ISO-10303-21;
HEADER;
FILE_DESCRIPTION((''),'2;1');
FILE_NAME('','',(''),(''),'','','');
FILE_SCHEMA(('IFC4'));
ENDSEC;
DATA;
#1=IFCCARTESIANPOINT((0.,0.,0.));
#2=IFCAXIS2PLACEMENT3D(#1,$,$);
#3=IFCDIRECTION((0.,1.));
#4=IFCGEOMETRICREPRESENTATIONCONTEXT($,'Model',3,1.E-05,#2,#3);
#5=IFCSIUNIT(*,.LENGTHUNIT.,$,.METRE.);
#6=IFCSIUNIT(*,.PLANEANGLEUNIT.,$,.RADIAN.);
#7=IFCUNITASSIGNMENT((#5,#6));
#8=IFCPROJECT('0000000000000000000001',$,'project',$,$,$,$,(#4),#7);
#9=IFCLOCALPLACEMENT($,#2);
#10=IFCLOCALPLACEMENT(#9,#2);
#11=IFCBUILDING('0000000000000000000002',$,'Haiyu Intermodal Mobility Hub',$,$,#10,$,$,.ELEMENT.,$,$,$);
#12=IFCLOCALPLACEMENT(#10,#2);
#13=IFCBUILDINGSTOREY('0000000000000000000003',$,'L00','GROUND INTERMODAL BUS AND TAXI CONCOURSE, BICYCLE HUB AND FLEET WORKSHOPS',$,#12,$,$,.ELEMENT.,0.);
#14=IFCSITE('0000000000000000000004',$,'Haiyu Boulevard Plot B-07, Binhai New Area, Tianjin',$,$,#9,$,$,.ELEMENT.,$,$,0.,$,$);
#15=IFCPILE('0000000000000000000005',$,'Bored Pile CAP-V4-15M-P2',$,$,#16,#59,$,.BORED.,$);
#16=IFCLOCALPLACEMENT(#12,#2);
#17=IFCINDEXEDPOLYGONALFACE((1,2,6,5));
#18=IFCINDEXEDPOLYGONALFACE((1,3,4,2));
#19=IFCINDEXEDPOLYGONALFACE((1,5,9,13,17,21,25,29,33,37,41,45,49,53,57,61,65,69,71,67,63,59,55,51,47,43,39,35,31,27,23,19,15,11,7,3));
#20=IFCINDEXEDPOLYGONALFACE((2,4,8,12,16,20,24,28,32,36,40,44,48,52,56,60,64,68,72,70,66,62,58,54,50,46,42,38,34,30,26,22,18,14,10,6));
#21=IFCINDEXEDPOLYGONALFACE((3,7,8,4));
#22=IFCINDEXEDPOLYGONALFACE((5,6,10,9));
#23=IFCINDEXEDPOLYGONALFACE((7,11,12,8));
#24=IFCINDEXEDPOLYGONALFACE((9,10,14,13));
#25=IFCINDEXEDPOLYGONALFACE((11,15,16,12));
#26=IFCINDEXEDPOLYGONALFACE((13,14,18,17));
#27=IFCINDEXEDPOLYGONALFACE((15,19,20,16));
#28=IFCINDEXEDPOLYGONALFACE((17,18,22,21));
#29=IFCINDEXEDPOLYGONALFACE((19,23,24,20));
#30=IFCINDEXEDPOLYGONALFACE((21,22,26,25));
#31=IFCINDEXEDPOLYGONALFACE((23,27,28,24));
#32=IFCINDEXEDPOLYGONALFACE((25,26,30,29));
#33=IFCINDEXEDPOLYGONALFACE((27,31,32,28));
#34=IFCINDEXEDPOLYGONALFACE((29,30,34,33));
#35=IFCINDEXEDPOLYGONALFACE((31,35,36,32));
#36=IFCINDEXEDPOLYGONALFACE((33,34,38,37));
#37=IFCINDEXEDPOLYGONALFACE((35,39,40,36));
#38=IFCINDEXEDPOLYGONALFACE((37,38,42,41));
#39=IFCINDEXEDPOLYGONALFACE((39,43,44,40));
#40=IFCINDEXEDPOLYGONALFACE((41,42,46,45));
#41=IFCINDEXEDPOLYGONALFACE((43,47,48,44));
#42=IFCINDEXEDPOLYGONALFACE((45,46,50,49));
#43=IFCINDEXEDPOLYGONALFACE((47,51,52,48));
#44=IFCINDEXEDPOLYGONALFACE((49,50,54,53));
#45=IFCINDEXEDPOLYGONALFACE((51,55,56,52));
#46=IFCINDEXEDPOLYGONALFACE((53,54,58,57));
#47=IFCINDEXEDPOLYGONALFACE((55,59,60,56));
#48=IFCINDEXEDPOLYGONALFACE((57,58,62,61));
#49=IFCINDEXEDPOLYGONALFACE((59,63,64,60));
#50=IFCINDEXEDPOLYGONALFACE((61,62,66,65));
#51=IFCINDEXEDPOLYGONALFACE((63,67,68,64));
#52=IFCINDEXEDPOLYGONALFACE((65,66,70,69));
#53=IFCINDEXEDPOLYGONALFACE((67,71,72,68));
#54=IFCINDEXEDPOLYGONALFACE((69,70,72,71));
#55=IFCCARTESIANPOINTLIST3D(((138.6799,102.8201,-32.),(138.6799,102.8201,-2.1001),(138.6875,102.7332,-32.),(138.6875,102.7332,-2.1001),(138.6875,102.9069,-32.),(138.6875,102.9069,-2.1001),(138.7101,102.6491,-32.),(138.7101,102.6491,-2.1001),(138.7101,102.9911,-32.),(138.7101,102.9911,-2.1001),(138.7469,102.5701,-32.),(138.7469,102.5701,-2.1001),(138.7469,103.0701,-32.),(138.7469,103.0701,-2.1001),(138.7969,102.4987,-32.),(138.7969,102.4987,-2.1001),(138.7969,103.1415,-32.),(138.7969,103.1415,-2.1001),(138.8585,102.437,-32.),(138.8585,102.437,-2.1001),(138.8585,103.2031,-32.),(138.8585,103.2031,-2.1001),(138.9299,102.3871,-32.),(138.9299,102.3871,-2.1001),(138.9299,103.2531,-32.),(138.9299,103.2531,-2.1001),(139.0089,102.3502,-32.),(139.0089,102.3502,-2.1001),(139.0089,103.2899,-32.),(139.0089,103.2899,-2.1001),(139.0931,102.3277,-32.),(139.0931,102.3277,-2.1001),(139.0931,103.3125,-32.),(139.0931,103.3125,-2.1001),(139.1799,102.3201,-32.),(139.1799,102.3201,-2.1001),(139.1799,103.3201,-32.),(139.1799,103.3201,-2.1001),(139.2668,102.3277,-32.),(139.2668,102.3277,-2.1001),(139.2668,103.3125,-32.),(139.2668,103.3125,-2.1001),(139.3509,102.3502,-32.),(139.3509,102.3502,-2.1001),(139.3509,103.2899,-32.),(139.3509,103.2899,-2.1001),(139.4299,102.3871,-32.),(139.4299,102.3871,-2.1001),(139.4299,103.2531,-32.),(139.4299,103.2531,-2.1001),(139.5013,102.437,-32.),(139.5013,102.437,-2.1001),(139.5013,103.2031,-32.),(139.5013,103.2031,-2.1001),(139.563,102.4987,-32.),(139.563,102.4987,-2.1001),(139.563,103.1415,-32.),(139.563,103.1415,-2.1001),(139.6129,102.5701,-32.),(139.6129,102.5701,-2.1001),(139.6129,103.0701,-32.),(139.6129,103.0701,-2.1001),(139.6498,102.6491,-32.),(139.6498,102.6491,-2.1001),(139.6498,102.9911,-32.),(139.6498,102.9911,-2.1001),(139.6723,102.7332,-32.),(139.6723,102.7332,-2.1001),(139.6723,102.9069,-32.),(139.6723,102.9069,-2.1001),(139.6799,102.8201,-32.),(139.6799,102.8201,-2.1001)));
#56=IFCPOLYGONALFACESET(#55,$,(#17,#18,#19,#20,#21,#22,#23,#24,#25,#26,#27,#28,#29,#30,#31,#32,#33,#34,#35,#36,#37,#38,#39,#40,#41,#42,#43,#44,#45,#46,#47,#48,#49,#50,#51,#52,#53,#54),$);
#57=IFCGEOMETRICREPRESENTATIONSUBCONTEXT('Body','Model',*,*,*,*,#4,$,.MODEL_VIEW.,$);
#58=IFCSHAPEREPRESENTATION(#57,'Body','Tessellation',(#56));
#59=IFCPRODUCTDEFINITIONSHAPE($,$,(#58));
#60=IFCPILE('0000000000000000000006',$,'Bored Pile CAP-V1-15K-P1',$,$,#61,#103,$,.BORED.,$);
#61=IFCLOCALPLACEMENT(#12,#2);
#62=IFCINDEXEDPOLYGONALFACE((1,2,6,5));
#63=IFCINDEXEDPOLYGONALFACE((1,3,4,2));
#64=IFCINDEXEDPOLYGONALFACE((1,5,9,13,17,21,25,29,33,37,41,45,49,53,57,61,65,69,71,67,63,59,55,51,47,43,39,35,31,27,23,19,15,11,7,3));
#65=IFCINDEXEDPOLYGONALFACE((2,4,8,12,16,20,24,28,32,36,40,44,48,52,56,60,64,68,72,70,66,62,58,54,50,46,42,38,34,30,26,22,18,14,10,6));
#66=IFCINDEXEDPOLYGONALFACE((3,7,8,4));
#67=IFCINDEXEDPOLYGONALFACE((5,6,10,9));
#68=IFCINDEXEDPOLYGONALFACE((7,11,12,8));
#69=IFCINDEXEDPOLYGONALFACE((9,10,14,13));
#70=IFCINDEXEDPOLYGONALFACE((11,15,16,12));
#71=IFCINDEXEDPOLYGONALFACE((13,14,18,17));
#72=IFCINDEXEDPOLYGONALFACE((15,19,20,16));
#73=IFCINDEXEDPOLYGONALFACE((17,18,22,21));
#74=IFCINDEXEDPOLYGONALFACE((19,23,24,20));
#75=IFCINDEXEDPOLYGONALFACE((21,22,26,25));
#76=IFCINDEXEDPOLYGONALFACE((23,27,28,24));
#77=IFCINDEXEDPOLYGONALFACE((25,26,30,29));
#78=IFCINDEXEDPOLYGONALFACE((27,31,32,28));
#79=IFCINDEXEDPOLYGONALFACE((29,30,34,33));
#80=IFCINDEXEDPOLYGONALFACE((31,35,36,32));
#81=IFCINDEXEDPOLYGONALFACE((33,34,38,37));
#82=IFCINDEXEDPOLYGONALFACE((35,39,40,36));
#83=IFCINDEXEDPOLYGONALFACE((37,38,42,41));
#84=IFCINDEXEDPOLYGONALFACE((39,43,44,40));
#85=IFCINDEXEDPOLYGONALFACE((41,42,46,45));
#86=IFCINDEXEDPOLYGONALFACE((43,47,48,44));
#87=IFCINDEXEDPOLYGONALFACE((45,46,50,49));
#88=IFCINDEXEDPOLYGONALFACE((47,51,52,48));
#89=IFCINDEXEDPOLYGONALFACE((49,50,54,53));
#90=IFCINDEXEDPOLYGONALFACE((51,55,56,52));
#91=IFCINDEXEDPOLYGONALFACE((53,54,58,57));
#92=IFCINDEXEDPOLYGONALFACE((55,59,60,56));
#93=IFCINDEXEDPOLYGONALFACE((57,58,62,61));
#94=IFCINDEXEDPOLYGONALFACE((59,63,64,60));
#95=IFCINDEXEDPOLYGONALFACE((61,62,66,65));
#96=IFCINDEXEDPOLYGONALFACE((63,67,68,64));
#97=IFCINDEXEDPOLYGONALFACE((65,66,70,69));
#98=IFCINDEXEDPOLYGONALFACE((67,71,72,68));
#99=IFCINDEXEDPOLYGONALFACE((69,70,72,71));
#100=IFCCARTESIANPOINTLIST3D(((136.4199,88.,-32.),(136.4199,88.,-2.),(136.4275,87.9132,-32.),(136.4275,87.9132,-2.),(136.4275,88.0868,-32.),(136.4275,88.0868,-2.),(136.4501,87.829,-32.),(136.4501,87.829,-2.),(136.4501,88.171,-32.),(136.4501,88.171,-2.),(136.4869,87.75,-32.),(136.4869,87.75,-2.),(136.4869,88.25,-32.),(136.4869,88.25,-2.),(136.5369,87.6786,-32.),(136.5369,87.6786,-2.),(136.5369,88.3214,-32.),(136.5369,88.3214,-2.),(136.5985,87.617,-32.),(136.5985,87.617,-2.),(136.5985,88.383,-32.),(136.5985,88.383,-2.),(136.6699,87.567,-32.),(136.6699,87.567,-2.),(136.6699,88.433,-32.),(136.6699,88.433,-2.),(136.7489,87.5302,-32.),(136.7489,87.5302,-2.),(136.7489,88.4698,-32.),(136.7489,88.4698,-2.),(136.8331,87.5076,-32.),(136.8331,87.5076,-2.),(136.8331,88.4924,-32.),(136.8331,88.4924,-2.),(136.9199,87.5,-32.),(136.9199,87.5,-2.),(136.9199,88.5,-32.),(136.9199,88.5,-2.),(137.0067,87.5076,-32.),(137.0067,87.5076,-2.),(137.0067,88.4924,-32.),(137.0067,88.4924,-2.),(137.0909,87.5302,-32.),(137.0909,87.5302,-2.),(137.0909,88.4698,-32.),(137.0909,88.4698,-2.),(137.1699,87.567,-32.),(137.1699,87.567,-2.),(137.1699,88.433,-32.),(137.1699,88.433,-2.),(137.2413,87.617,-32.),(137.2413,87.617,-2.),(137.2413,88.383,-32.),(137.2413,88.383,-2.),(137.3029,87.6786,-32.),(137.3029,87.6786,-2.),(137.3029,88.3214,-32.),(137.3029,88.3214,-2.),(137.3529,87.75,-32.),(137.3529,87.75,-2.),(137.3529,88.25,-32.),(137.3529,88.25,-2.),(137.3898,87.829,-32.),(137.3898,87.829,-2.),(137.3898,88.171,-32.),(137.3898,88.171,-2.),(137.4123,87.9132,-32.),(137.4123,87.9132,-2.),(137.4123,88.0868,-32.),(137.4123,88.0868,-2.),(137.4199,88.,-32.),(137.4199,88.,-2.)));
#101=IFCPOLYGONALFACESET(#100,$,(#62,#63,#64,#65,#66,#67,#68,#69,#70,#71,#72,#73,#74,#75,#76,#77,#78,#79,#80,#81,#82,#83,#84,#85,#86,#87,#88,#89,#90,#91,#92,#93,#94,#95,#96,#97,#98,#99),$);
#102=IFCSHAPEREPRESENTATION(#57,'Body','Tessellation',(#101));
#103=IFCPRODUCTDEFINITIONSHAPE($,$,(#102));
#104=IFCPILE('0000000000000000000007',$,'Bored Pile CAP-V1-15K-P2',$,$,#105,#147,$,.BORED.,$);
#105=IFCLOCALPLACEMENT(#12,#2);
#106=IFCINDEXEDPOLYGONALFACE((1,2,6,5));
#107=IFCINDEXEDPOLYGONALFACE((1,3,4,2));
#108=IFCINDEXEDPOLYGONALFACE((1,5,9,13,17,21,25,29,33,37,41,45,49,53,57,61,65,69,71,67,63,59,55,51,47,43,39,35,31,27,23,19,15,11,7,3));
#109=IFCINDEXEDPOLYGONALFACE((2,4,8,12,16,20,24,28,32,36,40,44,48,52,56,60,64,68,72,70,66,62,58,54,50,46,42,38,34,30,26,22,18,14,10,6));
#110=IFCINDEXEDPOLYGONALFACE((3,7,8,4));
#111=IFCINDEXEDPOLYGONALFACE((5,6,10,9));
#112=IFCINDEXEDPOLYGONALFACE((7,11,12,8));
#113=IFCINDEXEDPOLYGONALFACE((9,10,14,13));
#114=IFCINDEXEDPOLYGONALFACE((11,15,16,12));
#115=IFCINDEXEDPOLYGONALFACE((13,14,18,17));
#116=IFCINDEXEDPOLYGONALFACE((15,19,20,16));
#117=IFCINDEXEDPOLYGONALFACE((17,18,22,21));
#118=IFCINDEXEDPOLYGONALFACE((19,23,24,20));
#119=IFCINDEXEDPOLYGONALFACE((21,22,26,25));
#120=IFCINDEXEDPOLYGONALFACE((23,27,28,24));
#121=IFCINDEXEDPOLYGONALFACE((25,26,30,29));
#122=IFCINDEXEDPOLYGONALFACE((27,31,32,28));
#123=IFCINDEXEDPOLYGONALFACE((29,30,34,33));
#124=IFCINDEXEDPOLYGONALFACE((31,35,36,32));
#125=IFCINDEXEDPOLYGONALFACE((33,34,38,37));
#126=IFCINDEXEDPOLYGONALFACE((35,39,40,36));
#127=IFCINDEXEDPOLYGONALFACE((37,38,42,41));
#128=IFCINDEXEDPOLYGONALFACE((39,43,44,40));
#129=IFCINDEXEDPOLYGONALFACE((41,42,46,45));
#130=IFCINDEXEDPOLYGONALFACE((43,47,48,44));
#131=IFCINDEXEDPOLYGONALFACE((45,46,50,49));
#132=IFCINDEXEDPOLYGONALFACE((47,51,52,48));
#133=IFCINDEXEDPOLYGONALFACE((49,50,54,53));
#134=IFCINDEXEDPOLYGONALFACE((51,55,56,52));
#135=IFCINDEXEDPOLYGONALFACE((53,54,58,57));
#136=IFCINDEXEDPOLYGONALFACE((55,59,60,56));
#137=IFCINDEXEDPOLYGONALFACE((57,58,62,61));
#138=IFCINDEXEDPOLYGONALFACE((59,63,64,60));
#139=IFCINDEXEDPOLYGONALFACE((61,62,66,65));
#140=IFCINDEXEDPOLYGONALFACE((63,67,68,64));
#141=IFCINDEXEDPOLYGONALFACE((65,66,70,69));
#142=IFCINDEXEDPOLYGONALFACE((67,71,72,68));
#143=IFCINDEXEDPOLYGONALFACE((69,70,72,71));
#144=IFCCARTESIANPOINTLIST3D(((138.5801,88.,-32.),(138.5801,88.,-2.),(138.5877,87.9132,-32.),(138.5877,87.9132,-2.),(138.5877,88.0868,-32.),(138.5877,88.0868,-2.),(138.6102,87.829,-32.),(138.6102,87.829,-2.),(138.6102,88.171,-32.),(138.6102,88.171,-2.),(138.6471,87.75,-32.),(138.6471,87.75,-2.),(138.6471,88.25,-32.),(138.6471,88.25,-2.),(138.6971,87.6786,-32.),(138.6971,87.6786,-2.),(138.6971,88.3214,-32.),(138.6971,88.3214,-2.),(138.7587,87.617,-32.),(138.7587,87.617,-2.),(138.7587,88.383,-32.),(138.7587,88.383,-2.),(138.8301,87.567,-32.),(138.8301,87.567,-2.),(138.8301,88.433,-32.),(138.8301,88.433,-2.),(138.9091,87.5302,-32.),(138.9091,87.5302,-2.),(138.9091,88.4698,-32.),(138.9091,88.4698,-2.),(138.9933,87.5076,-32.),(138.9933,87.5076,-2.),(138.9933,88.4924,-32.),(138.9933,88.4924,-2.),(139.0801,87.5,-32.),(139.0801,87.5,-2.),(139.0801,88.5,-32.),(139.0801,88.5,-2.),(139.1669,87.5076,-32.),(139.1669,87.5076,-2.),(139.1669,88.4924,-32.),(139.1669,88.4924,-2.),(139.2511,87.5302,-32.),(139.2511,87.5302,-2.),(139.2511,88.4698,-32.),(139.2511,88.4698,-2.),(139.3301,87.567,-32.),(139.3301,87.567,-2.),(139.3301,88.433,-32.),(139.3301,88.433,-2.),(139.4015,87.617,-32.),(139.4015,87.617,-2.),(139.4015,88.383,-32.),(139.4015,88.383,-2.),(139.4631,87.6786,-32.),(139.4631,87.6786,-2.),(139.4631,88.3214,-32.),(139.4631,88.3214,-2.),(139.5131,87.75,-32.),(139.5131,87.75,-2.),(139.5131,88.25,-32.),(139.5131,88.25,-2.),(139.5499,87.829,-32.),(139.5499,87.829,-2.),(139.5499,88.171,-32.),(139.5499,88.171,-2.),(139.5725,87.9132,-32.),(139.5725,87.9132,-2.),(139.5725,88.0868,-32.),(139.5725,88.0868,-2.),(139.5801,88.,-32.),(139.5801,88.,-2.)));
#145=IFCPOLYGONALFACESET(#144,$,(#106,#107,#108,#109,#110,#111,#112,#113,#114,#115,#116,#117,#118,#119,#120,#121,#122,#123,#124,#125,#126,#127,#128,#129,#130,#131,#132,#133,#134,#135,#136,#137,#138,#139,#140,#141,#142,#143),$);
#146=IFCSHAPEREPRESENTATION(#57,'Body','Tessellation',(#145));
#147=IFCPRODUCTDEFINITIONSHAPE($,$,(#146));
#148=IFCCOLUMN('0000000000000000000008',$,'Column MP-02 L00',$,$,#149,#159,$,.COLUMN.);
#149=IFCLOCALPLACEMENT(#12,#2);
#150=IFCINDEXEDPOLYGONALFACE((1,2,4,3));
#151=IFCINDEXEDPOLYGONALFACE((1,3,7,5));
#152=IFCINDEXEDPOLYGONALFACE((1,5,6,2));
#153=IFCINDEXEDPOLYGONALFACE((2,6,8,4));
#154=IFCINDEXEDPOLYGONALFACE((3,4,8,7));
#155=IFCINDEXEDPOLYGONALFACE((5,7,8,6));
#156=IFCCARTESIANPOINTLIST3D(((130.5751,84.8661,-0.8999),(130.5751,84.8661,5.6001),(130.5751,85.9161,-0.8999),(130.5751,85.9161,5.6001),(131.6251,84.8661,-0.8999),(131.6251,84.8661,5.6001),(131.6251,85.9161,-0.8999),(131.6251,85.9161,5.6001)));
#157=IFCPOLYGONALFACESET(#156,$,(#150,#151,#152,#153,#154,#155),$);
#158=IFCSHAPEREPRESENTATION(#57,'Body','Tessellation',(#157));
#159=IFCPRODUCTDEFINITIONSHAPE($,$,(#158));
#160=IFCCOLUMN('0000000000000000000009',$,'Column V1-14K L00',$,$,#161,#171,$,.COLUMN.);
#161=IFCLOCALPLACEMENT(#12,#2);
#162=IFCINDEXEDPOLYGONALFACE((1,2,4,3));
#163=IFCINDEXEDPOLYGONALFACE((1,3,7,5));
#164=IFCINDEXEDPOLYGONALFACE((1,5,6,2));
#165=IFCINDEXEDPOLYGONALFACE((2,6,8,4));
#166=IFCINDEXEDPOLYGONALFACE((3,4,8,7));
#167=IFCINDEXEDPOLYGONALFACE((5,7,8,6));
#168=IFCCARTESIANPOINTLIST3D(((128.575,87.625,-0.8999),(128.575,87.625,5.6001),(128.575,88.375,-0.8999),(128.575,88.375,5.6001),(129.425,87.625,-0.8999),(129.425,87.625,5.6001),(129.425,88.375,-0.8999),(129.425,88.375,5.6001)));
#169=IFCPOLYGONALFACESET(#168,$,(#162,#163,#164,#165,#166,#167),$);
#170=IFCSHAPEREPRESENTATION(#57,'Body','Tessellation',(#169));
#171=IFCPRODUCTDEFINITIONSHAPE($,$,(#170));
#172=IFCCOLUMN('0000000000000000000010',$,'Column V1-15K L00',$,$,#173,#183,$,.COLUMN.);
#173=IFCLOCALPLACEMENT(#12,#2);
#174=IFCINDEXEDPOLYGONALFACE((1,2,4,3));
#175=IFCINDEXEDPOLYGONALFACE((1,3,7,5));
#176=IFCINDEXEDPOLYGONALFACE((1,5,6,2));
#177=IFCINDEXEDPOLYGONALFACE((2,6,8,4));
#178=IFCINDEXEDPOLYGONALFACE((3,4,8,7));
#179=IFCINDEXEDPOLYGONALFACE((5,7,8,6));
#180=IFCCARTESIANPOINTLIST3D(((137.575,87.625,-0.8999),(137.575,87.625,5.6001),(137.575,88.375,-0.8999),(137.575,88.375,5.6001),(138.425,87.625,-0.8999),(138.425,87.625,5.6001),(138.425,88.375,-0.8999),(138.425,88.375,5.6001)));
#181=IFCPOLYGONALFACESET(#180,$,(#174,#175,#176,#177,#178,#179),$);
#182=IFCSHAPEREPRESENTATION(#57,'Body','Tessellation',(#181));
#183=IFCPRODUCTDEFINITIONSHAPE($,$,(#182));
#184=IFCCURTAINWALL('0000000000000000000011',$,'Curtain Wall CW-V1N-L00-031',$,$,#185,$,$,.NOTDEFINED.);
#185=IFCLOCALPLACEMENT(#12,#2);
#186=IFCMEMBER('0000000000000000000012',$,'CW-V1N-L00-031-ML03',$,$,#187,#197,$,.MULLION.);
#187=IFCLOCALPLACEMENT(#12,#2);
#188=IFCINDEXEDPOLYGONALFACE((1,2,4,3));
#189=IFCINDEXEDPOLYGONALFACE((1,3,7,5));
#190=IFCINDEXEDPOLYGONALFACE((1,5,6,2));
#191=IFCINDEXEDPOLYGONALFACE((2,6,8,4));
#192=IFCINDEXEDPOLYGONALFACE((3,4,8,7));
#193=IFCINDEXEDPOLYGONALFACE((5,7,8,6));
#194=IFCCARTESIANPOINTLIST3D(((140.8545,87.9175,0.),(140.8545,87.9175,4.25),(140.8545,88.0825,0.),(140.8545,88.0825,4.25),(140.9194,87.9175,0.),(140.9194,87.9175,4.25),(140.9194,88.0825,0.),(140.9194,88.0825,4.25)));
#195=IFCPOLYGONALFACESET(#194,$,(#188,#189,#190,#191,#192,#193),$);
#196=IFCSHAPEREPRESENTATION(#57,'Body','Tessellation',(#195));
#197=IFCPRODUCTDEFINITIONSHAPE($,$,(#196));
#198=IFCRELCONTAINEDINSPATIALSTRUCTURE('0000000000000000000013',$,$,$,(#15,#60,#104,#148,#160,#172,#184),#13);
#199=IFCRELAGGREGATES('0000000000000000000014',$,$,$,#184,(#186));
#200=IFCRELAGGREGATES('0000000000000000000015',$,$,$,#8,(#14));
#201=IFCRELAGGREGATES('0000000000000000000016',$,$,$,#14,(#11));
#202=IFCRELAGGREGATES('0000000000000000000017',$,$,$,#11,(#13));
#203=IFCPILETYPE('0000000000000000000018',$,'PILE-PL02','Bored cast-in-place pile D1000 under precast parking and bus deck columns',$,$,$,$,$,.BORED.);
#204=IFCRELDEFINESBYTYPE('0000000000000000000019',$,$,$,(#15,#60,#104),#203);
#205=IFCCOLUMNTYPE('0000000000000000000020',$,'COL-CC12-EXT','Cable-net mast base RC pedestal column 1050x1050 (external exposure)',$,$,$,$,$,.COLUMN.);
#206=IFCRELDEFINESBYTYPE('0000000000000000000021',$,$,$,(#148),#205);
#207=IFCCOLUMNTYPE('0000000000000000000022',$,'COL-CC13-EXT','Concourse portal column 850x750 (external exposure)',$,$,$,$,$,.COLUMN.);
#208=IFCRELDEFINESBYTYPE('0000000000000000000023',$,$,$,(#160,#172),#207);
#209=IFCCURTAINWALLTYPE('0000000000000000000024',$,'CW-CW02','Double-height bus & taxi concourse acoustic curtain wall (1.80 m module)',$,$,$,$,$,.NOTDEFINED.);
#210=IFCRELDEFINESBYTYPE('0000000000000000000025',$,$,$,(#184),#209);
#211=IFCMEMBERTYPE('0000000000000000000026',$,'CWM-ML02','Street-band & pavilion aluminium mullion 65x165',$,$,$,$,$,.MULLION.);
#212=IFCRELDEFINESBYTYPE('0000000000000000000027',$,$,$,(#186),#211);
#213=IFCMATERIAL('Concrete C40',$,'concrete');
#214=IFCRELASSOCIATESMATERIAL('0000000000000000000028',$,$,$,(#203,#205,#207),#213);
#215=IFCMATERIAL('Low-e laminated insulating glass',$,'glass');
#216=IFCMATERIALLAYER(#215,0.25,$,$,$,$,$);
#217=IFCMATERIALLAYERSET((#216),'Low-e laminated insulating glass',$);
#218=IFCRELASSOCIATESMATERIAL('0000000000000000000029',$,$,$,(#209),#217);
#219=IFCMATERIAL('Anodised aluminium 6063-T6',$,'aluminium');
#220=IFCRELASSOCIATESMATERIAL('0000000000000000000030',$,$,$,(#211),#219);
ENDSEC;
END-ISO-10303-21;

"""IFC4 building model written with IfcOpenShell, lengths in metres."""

from ifc_helpers import new_model, si_unit, direction, frame, origin, origin_2d, place, context, subcontext, project, spatial, rectangle, circle, extrude, material, layer, layer_set, material_profile, profile_set, type_object, element, aggregate, save


model = new_model("IFC4")

# Units and contexts
model_context = context("Model", 3, precision=1e-05, world=origin(), true_north=direction((0.0, 1.0)))
body_context = subcontext(model_context, "Body", "Model", "MODEL_VIEW")
ifc_project = project(units=[si_unit("LENGTHUNIT", "METRE"), si_unit("PLANEANGLEUNIT", "RADIAN")], contexts=[model_context])

# Site, building, storey
site_placement = place(None, origin())
site = spatial("IfcSite", under=ifc_project, at=site_placement, Name="Haiyu Boulevard Plot B-07, Binhai New Area, Tianjin", CompositionType="ELEMENT", RefElevation=0.0)
building_placement = place(site_placement, origin())
building = spatial("IfcBuilding", under=site, at=building_placement, Name="Haiyu Intermodal Mobility Hub", CompositionType="ELEMENT")
storey_placement = place(building_placement, origin())
storey = spatial("IfcBuildingStorey", under=building, at=storey_placement, Name="L00", Description="GROUND INTERMODAL BUS AND TAXI CONCOURSE, BICYCLE HUB AND FLEET WORKSHOPS", CompositionType="ELEMENT", Elevation=0.0)

# Shared definitions
ifc_material_1 = material(Name="Concrete C40", Category="concrete")

# Piles
ifc_material_profile_1 = material_profile(ifc_material_1, circle(Radius=0.5, at=origin_2d()), Name="PILE-D1000")
ifc_profile_set_1 = profile_set([ifc_material_profile_1], Name="Concrete C40")
pile_type_1 = type_object("IfcPileType", Name="PILE-PL02", Description="Bored cast-in-place pile D1000 under precast parking and bus deck columns", PredefinedType="BORED", material=ifc_profile_set_1)
for number, where, z_axis, x_axis, name in (
    (1, (139.1799, 102.8201, -2.1001), (0.0, 0.0, -1.0), (1.0, 0.0, 0.0), "Bored Pile CAP-V4-15M-P2"),
):
    element("IfcPile", number, at=place(storey_placement, frame(where, z_axis=z_axis, x_axis=x_axis)), inside=storey, type_object=pile_type_1, Name=name, PredefinedType="BORED", context=body_context, shape_type="SweptSolid", body=[
        extrude(circle(Radius=0.5, at=origin_2d()), origin(), (0.0, 0.0, 1.0), 29.8999),
    ])
for number, where, z_axis, x_axis, name in (
    (2, (136.9199, 88.0, -2.0), (0.0, 0.0, -1.0), (1.0, 0.0, 0.0), "Bored Pile CAP-V1-15K-P1"),
    (3, (139.0801, 88.0, -2.0), (0.0, 0.0, -1.0), (1.0, 0.0, 0.0), "Bored Pile CAP-V1-15K-P2"),
):
    element("IfcPile", number, at=place(storey_placement, frame(where, z_axis=z_axis, x_axis=x_axis)), inside=storey, type_object=pile_type_1, Name=name, PredefinedType="BORED", context=body_context, shape_type="SweptSolid", body=[
        extrude(circle(Radius=0.5, at=origin_2d()), origin(), (0.0, 0.0, 1.0), 30.0),
    ])

# Columns
ifc_material_profile_2 = material_profile(ifc_material_1, rectangle(XDim=1.05, YDim=1.05, at=origin_2d()), Name="RC1050x1050")
ifc_profile_set_2 = profile_set([ifc_material_profile_2], Name="Concrete C40")
column_type_1 = type_object("IfcColumnType", Name="COL-CC12-EXT", Description="Cable-net mast base RC pedestal column 1050x1050 (external exposure)", PredefinedType="COLUMN", material=ifc_profile_set_2)
column_placement = place(storey_placement, frame((131.1001, 85.3911, -0.8999), z_axis=(0.0, 0.0, 1.0), x_axis=(1.0, 0.0, 0.0)))
element("IfcColumn", 4, at=column_placement, inside=storey, type_object=column_type_1, Name="Column MP-02 L00", PredefinedType="COLUMN", context=body_context, shape_type="SweptSolid", body=[
    extrude(rectangle(XDim=1.05, YDim=1.05, at=origin_2d()), origin(), (0.0, 0.0, 1.0), 6.5),
])
ifc_material_profile_3 = material_profile(ifc_material_1, rectangle(XDim=0.8501, YDim=0.75, at=origin_2d()), Name="C850x750")
ifc_profile_set_3 = profile_set([ifc_material_profile_3], Name="Concrete C40")
column_type_2 = type_object("IfcColumnType", Name="COL-CC13-EXT", Description="Concourse portal column 850x750 (external exposure)", PredefinedType="COLUMN", material=ifc_profile_set_3)
for number, where, z_axis, x_axis, name in (
    (5, (129.0, 88.0, -0.8999), (0.0, 0.0, 1.0), (1.0, 0.0, 0.0), "Column V1-14K L00"),
    (6, (138.0, 88.0, -0.8999), (0.0, 0.0, 1.0), (1.0, 0.0, 0.0), "Column V1-15K L00"),
):
    element("IfcColumn", number, at=place(storey_placement, frame(where, z_axis=z_axis, x_axis=x_axis)), inside=storey, type_object=column_type_2, Name=name, PredefinedType="COLUMN", context=body_context, shape_type="SweptSolid", body=[
        extrude(rectangle(XDim=0.8501, YDim=0.75, at=origin_2d()), origin(), (0.0, 0.0, 1.0), 6.5),
    ])

# Curtain wall, member
ifc_material_2 = material(Name="Low-e laminated insulating glass", Category="glass")
ifc_layer_1 = layer(ifc_material_2, 0.25)
ifc_layer_set_1 = layer_set([ifc_layer_1], Name="Low-e laminated insulating glass")
curtain_wall_type = type_object("IfcCurtainWallType", Name="CW-CW02", Description="Double-height bus & taxi concourse acoustic curtain wall (1.80 m module)", PredefinedType="NOTDEFINED", material=ifc_layer_set_1)
curtain_wall_placement = place(storey_placement, origin())
curtain_wall = element("IfcCurtainWall", 7, at=curtain_wall_placement, inside=storey, type_object=curtain_wall_type, Name="Curtain Wall CW-V1N-L00-031", PredefinedType="NOTDEFINED")
ifc_material_3 = material(Name="Anodised aluminium 6063-T6", Category="aluminium")
ifc_material_profile_4 = material_profile(ifc_material_3, rectangle(XDim=0.0649, YDim=0.165, at=origin_2d()), Name="ALU65x165")
ifc_profile_set_4 = profile_set([ifc_material_profile_4], Name="Anodised aluminium 6063-T6")
member_type = type_object("IfcMemberType", Name="CWM-ML02", Description="Street-band & pavilion aluminium mullion 65x165", PredefinedType="MULLION", material=ifc_profile_set_4)
member_1_placement = place(storey_placement, frame((140.887, 88.0, 0.0), z_axis=(0.0, 0.0, 1.0), x_axis=(1.0, 0.0, 0.0)))
member_1 = element("IfcMember", 8, at=member_1_placement, type_object=member_type, Name="CW-V1N-L00-031-ML03", PredefinedType="MULLION", context=body_context, shape_type="SweptSolid", body=[
    extrude(rectangle(XDim=0.0649, YDim=0.165, at=origin_2d()), origin(), (0.0, 0.0, 1.0), 4.25),
])
aggregate(curtain_wall, [member_1])

save(model, "model.ifc")
